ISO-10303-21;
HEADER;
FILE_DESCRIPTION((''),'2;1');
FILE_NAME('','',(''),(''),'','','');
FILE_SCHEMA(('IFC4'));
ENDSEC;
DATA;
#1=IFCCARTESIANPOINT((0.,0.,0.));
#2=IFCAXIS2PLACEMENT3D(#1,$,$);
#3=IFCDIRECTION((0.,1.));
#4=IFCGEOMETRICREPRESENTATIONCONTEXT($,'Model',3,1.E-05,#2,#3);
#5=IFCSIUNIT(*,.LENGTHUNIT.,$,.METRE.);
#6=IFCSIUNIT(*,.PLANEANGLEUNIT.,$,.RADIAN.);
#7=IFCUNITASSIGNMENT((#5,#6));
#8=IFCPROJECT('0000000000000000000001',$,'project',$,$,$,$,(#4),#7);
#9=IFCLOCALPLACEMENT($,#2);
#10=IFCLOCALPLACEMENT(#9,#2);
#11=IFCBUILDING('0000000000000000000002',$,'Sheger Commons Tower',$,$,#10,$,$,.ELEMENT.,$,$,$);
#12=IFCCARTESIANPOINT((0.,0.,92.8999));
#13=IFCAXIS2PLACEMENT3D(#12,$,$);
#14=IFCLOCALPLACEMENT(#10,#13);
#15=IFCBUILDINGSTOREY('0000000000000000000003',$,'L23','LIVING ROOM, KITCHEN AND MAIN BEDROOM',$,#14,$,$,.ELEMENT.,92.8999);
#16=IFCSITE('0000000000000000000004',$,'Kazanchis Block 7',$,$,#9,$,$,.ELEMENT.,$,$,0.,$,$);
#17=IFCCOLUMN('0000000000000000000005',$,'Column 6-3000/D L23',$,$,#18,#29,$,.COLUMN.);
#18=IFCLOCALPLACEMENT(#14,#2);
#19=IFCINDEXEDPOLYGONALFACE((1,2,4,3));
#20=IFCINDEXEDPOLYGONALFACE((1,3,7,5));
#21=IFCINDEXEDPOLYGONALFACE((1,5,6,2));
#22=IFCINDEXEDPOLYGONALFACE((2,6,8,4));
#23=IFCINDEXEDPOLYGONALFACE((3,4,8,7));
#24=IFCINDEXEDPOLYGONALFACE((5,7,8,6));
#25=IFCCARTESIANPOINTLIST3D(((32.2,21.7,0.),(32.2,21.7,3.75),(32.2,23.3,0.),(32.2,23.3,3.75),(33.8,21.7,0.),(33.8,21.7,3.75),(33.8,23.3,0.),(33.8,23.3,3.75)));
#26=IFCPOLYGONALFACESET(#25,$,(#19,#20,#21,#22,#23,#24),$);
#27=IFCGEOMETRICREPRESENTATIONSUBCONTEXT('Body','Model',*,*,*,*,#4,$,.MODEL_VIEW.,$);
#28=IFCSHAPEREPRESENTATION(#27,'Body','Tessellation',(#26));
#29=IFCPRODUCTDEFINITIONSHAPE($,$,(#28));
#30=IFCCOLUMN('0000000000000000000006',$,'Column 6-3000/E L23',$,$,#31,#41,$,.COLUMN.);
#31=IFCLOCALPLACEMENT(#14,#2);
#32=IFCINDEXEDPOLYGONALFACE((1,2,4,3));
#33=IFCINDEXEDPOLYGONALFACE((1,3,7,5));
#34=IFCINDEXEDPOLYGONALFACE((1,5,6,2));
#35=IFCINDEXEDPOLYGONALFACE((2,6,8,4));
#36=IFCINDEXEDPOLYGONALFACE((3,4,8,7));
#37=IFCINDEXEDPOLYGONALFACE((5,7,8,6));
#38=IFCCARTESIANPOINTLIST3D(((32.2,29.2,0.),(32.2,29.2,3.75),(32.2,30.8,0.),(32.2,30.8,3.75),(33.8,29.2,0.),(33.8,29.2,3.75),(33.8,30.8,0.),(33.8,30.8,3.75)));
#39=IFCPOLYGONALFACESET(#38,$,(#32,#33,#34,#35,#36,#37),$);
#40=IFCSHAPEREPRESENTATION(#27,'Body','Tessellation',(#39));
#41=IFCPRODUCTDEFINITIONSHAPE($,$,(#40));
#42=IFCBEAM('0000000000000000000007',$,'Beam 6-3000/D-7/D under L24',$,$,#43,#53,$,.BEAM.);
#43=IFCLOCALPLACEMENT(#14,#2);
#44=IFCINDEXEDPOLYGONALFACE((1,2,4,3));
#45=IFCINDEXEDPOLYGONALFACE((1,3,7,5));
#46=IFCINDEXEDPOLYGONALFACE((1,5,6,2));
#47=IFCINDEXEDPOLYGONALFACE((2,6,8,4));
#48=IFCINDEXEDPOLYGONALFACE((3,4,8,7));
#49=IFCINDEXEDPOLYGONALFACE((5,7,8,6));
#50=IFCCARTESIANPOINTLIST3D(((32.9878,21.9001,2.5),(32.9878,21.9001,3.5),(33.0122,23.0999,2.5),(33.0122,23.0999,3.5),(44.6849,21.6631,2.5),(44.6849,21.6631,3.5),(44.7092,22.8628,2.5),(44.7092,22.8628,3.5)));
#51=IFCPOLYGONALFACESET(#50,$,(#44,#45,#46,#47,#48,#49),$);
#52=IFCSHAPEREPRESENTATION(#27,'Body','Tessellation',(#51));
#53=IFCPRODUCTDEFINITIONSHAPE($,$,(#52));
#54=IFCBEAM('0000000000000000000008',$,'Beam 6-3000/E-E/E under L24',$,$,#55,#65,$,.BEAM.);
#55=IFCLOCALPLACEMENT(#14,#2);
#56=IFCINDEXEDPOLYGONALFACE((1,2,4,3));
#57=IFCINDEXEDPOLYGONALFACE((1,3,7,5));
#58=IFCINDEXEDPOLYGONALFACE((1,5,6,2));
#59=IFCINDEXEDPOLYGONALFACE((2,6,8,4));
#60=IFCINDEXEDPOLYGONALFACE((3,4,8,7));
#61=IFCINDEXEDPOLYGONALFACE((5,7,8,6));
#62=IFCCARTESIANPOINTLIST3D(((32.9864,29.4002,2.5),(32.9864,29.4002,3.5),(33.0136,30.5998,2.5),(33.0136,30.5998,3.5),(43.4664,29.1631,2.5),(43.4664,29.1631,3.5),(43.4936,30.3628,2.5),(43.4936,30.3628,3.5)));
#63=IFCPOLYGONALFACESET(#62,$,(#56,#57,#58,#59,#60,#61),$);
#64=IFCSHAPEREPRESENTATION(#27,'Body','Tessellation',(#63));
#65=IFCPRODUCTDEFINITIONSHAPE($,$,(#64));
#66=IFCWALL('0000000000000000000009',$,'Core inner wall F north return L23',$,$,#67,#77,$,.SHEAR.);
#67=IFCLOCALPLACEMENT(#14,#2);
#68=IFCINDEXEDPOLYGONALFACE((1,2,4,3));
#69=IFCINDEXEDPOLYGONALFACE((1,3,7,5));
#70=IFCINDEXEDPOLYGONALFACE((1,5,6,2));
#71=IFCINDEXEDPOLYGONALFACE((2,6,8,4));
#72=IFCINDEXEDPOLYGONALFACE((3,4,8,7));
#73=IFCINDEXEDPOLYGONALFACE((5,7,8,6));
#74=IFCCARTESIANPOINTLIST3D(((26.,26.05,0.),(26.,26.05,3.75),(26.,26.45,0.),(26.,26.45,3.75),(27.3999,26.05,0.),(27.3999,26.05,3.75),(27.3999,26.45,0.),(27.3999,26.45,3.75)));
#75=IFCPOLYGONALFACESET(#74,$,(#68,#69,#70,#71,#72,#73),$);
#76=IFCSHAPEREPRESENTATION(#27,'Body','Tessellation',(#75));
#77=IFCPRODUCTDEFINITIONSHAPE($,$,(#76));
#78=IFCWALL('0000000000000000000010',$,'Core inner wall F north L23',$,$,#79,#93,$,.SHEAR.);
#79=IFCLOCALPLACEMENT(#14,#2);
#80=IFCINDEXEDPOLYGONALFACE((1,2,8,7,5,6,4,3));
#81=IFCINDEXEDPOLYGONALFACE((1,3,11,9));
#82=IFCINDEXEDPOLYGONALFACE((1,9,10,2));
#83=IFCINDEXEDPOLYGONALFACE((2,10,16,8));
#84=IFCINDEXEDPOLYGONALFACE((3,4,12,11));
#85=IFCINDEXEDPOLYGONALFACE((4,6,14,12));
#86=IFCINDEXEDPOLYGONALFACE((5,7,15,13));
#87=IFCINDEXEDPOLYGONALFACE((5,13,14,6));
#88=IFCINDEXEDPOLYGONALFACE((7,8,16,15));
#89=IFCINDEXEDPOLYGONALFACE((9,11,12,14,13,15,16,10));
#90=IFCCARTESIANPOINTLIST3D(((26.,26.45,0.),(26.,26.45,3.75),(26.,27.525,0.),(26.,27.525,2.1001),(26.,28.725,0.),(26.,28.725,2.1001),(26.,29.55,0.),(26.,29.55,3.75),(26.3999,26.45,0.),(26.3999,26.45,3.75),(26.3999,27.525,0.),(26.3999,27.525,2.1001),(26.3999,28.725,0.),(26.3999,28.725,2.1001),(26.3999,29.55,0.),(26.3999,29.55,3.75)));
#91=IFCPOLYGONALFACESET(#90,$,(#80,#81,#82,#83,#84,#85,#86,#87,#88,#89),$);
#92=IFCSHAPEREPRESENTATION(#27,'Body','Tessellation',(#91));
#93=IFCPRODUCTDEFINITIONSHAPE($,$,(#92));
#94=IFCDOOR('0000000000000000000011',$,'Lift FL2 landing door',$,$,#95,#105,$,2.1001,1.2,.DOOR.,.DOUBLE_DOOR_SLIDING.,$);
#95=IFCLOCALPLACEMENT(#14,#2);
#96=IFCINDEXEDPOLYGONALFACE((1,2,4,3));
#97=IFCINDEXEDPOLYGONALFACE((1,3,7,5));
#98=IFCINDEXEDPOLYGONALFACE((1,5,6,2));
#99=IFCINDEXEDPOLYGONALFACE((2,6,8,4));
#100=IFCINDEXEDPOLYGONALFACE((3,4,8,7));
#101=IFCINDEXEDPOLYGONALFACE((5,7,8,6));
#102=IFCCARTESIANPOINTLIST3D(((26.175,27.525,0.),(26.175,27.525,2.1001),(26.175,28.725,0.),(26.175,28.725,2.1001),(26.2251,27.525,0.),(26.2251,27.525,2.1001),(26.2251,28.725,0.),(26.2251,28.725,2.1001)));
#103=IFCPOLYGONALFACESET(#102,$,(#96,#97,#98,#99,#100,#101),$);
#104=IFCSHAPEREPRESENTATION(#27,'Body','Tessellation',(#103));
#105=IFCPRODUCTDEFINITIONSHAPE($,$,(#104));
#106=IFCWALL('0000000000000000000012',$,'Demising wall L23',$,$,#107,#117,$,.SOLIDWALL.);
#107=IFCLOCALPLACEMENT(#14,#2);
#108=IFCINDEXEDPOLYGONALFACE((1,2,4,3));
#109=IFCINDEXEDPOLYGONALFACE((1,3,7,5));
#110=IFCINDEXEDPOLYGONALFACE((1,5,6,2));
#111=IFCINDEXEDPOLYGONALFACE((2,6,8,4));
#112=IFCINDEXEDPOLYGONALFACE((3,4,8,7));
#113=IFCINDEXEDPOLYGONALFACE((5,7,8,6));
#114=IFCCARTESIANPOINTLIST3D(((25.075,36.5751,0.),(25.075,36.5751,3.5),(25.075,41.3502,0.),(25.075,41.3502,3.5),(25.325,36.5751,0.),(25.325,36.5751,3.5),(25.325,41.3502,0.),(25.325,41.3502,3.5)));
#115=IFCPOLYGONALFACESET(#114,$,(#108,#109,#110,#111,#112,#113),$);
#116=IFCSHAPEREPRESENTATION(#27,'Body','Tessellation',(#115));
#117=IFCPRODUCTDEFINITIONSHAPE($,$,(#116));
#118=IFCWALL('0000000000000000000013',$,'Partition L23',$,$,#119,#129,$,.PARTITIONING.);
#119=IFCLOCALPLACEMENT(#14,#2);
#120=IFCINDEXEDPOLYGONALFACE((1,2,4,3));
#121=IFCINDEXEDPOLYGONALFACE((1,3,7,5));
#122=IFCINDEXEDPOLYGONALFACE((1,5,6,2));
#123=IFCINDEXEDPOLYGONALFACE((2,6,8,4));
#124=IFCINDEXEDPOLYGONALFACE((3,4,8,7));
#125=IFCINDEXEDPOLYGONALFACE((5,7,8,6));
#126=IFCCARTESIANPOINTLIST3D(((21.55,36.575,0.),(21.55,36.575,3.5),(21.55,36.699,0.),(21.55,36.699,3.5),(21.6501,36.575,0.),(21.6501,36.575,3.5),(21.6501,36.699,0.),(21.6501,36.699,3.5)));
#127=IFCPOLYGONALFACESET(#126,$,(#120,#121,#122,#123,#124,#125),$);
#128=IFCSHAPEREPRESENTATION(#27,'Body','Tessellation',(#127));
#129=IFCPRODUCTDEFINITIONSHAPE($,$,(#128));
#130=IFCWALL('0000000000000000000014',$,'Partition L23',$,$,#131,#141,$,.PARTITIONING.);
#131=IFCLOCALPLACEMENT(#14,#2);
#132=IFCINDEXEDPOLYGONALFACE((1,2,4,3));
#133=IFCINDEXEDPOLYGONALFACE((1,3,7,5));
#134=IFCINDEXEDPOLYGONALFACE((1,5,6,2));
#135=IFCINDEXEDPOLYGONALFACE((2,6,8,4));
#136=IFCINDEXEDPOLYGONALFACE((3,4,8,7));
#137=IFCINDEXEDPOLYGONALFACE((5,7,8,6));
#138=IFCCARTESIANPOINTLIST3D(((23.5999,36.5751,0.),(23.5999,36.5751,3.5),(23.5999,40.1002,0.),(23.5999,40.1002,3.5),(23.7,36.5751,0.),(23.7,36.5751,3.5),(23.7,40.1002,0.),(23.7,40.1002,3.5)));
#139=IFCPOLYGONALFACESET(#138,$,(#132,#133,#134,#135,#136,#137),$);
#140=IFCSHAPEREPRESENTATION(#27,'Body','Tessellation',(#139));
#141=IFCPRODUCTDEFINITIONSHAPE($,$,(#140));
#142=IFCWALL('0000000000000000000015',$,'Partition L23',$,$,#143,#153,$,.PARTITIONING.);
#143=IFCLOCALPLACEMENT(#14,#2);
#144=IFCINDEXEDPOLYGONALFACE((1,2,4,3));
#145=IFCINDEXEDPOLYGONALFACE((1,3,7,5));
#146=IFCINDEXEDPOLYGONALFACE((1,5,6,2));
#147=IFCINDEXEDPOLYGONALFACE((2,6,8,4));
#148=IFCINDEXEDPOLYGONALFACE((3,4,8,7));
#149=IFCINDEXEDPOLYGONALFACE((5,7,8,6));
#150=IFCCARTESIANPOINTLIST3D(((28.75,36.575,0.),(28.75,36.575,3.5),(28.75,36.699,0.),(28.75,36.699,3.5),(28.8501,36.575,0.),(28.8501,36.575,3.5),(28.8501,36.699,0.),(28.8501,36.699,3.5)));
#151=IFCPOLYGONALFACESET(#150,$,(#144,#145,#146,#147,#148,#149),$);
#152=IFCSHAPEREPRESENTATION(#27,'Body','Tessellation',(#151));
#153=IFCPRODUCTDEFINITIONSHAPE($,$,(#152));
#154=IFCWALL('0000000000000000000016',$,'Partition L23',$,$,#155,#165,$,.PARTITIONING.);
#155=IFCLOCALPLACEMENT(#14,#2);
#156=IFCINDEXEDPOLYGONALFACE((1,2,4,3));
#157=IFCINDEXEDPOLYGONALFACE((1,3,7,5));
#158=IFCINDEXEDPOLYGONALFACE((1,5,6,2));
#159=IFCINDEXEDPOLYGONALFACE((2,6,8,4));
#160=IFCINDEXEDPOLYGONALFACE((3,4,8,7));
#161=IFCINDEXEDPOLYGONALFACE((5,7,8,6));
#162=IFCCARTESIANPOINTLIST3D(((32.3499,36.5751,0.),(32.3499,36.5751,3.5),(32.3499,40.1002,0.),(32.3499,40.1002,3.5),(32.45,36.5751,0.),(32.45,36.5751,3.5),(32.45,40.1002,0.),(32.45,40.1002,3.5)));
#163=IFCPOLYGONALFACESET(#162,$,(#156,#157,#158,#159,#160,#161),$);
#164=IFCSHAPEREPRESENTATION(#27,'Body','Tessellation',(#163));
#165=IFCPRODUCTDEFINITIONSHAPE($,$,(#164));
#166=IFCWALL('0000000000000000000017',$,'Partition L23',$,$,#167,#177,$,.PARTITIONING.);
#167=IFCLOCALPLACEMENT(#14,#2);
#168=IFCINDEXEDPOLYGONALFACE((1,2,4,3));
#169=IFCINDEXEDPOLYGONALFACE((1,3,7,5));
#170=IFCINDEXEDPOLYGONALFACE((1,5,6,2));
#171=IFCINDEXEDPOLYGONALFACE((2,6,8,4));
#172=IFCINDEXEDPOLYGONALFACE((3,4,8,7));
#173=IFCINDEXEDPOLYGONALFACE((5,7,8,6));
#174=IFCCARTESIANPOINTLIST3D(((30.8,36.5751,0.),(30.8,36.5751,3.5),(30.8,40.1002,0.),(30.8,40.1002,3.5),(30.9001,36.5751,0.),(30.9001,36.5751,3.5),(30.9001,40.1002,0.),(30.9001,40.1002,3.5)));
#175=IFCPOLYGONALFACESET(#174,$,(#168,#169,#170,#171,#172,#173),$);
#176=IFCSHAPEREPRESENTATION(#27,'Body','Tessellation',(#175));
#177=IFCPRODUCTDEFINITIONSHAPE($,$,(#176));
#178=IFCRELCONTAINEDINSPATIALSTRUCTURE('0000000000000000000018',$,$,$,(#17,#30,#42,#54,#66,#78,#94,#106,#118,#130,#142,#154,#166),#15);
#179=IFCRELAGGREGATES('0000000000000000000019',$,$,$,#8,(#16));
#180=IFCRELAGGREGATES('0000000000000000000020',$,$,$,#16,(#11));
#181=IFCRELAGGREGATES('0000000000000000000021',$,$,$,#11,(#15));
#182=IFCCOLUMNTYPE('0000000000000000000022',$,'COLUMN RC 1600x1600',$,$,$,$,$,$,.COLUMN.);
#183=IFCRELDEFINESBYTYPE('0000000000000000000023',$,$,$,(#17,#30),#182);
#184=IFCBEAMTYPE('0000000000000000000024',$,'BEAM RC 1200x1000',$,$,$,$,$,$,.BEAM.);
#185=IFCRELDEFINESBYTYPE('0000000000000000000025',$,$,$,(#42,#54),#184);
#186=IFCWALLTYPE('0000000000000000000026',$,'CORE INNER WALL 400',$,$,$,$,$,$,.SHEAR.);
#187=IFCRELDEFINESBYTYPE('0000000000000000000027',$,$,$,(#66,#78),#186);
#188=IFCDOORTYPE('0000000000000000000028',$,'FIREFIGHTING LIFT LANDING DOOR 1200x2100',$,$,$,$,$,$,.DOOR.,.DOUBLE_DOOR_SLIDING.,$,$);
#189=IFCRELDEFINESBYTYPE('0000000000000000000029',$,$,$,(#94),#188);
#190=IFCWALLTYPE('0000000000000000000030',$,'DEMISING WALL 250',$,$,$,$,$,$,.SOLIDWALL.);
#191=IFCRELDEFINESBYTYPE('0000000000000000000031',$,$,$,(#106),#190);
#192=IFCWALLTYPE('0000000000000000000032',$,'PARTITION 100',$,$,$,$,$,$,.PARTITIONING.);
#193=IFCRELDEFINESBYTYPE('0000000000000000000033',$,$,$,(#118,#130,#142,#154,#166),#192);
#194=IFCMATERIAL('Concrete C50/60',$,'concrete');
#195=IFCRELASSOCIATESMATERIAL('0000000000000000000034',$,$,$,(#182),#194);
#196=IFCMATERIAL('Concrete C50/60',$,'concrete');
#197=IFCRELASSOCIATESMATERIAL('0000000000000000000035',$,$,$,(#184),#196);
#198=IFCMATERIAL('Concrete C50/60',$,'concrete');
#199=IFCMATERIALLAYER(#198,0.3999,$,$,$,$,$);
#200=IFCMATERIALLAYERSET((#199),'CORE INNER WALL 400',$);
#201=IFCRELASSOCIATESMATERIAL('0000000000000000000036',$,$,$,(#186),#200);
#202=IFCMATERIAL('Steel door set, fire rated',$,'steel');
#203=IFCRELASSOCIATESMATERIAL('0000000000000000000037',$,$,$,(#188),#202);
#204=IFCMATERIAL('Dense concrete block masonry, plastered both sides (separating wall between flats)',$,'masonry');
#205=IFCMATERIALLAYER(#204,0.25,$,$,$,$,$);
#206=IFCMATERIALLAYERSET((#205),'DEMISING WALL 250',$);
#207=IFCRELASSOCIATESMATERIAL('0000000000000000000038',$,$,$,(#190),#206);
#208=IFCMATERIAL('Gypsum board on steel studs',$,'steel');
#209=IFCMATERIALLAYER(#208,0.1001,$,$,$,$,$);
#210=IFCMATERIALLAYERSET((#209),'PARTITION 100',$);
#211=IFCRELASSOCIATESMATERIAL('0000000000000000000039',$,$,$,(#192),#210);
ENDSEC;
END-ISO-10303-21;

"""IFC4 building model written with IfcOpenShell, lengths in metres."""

from ifc_helpers import new_model, si_unit, direction, frame, frame_2d, origin, origin_2d, place, context, subcontext, project, spatial, rectangle, extrude, material, layer, layer_set, material_profile, profile_set, type_object, element, fill, save


model = new_model("IFC4")

# Units and contexts
model_context = context("Model", 3, precision=1e-05, world=origin(), true_north=direction((0.0, 1.0)))
body_context = subcontext(model_context, "Body", "Model", "MODEL_VIEW")
ifc_project = project(units=[si_unit("LENGTHUNIT", "METRE"), si_unit("PLANEANGLEUNIT", "RADIAN")], contexts=[model_context])

# Site, building, storey
site_placement = place(None, origin())
site = spatial("IfcSite", under=ifc_project, at=site_placement, Name="Kazanchis Block 7", CompositionType="ELEMENT", RefElevation=0.0)
building_placement = place(site_placement, origin())
building = spatial("IfcBuilding", under=site, at=building_placement, Name="Sheger Commons Tower", CompositionType="ELEMENT")
storey_placement = place(building_placement, frame((0.0, 0.0, 92.8999)))
storey = spatial("IfcBuildingStorey", under=building, at=storey_placement, Name="L23", Description="LIVING ROOM, KITCHEN AND MAIN BEDROOM", CompositionType="ELEMENT", Elevation=92.8999)

# Columns
ifc_material_1 = material(Name="Concrete C50/60", Category="concrete")
ifc_material_profile_1 = material_profile(ifc_material_1, rectangle(XDim=1.6001, YDim=1.6001, at=origin_2d()), Name="RC 1600x1600")
ifc_profile_set_1 = profile_set([ifc_material_profile_1], Name="Concrete C50/60")
column_type = type_object("IfcColumnType", Name="COLUMN RC 1600x1600", PredefinedType="COLUMN", material=ifc_profile_set_1)
for number, where, z_axis, x_axis, name in (
    (1, (33.0, 22.5, 0.0), (0.0, 0.0, 1.0), (1.0, 0.0, 0.0), "Column 6-3000/D L23"),
    (2, (33.0, 30.0, 0.0), (0.0, 0.0, 1.0), (1.0, 0.0, 0.0), "Column 6-3000/E L23"),
):
    element("IfcColumn", number, at=place(storey_placement, frame(where, z_axis=z_axis, x_axis=x_axis)), inside=storey, type_object=column_type, Name=name, PredefinedType="COLUMN", context=body_context, shape_type="SweptSolid", body=[
        extrude(rectangle(XDim=1.6001, YDim=1.6001, at=origin_2d()), origin(), (0.0, 0.0, 1.0), 3.75),
    ])

# Beams
ifc_material_2 = material(Name="Concrete C50/60", Category="concrete")
ifc_material_profile_2 = material_profile(ifc_material_2, rectangle(XDim=1.2, YDim=1.0, at=origin_2d()), Name="RC 1200x1000")
ifc_profile_set_2 = profile_set([ifc_material_profile_2], Name="Concrete C50/60")
beam_type = type_object("IfcBeamType", Name="BEAM RC 1200x1000", PredefinedType="BEAM", material=ifc_profile_set_2)
beam_1_placement = place(storey_placement, frame((33.0, 22.5, 3.0), z_axis=(0.999795, -0.020263, 0.0), x_axis=(0.020263, 0.999795, 0.0)))
element("IfcBeam", 3, at=beam_1_placement, inside=storey, type_object=beam_type, Name="Beam 6-3000/D-7/D under L24", PredefinedType="BEAM", context=body_context, shape_type="SweptSolid", body=[
    extrude(rectangle(XDim=1.2, YDim=1.0, at=origin_2d()), origin(), (0.0, 0.0, 1.0), 11.6995),
])
beam_2_placement = place(storey_placement, frame((33.0, 30.0, 3.0), z_axis=(0.999744, -0.022615, 0.0), x_axis=(0.022615, 0.999744, 0.0)))
element("IfcBeam", 4, at=beam_2_placement, inside=storey, type_object=beam_type, Name="Beam 6-3000/E-E/E under L24", PredefinedType="BEAM", context=body_context, shape_type="SweptSolid", body=[
    extrude(rectangle(XDim=1.2, YDim=1.0, at=origin_2d()), origin(), (0.0, 0.0, 1.0), 10.4827),
])

# Wall
ifc_material_3 = material(Name="Concrete C50/60", Category="concrete")
ifc_layer_1 = layer(ifc_material_3, 0.3999)
ifc_layer_set_1 = layer_set([ifc_layer_1], Name="CORE INNER WALL 400")
wall_type_1 = type_object("IfcWallType", Name="CORE INNER WALL 400", PredefinedType="SHEAR", material=ifc_layer_set_1)
wall_1_placement = place(storey_placement, frame((26.0, 26.25, 0.0), z_axis=(0.0, 0.0, 1.0), x_axis=(1.0, 0.0, 0.0)))
element("IfcWall", 5, at=wall_1_placement, inside=storey, type_object=wall_type_1, Name="Core inner wall F north return L23", PredefinedType="SHEAR", context=body_context, shape_type="SweptSolid", body=[
    extrude(rectangle(XDim=1.3999, YDim=0.3999, at=frame_2d((0.7, 0.0))), origin(), (0.0, 0.0, 1.0), 3.75),
])

# Wall, opening, door
wall_2_placement = place(storey_placement, frame((26.2, 26.45, 0.0), z_axis=(0.0, 0.0, 1.0), x_axis=(0.0, 1.0, 0.0)))
wall_2 = element("IfcWall", 6, at=wall_2_placement, inside=storey, type_object=wall_type_1, Name="Core inner wall F north L23", PredefinedType="SHEAR", context=body_context, shape_type="SweptSolid", body=[
    extrude(rectangle(XDim=3.1001, YDim=0.3999, at=frame_2d((1.55, 0.0))), origin(), (0.0, 0.0, 1.0), 3.75),
])
opening_placement = place(wall_2_placement, frame((1.075, 0.0, 0.0)))
opening = element("IfcOpeningElement", 7, at=opening_placement, cuts=wall_2, PredefinedType="OPENING", context=body_context, shape_type="SweptSolid", body=[
    extrude(rectangle(XDim=1.2, YDim=2.1001, at=frame_2d((0.6001, 1.05))), frame((0.0, 0.21, 0.0), z_axis=(0.0, -1.0, 0.0), x_axis=(1.0, 0.0, 0.0)), (0.0, 0.0, 1.0), 0.4199),
])
ifc_material_4 = material(Name="Steel door set, fire rated", Category="steel")
door_type = type_object("IfcDoorType", Name="FIREFIGHTING LIFT LANDING DOOR 1200x2100", OperationType="DOUBLE_DOOR_SLIDING", PredefinedType="DOOR", material=ifc_material_4)
door_placement = place(opening_placement, origin())
door = element("IfcDoor", 8, at=door_placement, inside=storey, type_object=door_type, Name="Lift FL2 landing door", OperationType="DOUBLE_DOOR_SLIDING", OverallHeight=2.1001, OverallWidth=1.2, PredefinedType="DOOR", context=body_context, shape_type="SweptSolid", body=[
    extrude(rectangle(XDim=1.2, YDim=2.1001, at=frame_2d((0.6001, 1.05))), frame((0.0, 0.0249, 0.0), z_axis=(0.0, -1.0, 0.0), x_axis=(1.0, 0.0, 0.0)), (0.0, 0.0, 1.0), 0.05),
])
fill(opening, door)

# Walls
ifc_material_5 = material(Name="Dense concrete block masonry, plastered both sides (separating wall between flats)", Category="masonry")
ifc_layer_2 = layer(ifc_material_5, 0.25)
ifc_layer_set_2 = layer_set([ifc_layer_2], Name="DEMISING WALL 250")
wall_type_2 = type_object("IfcWallType", Name="DEMISING WALL 250", PredefinedType="SOLIDWALL", material=ifc_layer_set_2)
wall_3_placement = place(storey_placement, frame((25.2, 36.575, 0.0), z_axis=(0.0, 0.0, 1.0), x_axis=(0.0, 1.0, 0.0)))
element("IfcWall", 9, at=wall_3_placement, inside=storey, type_object=wall_type_2, Name="Demising wall L23", PredefinedType="SOLIDWALL", context=body_context, shape_type="SweptSolid", body=[
    extrude(rectangle(XDim=4.7751, YDim=0.25, at=frame_2d((2.3877, 0.0))), origin(), (0.0, 0.0, 1.0), 3.5),
])
ifc_material_6 = material(Name="Gypsum board on steel studs", Category="steel")
ifc_layer_3 = layer(ifc_material_6, 0.1001)
ifc_layer_set_3 = layer_set([ifc_layer_3], Name="PARTITION 100")
wall_type_3 = type_object("IfcWallType", Name="PARTITION 100", PredefinedType="PARTITIONING", material=ifc_layer_set_3)
wall_4_placement = place(storey_placement, frame((21.6001, 36.575, 0.0), z_axis=(0.0, 0.0, 1.0), x_axis=(0.0, 1.0, 0.0)))
element("IfcWall", 10, at=wall_4_placement, inside=storey, type_object=wall_type_3, Name="Partition L23", PredefinedType="PARTITIONING", context=body_context, shape_type="SweptSolid", body=[
    extrude(rectangle(XDim=0.124, YDim=0.1001, at=frame_2d((0.062, 0.0))), origin(), (0.0, 0.0, 1.0), 3.5),
])
wall_5_placement = place(storey_placement, frame((23.6499, 36.575, 0.0), z_axis=(0.0, 0.0, 1.0), x_axis=(0.0, 1.0, 0.0)))
element("IfcWall", 11, at=wall_5_placement, inside=storey, type_object=wall_type_3, Name="Partition L23", PredefinedType="PARTITIONING", context=body_context, shape_type="SweptSolid", body=[
    extrude(rectangle(XDim=3.5251, YDim=0.1001, at=frame_2d((1.7627, 0.0))), origin(), (0.0, 0.0, 1.0), 3.5),
])
wall_6_placement = place(storey_placement, frame((28.8, 36.575, 0.0), z_axis=(0.0, 0.0, 1.0), x_axis=(0.0, 1.0, 0.0)))
element("IfcWall", 12, at=wall_6_placement, inside=storey, type_object=wall_type_3, Name="Partition L23", PredefinedType="PARTITIONING", context=body_context, shape_type="SweptSolid", body=[
    extrude(rectangle(XDim=0.124, YDim=0.1001, at=frame_2d((0.062, 0.0))), origin(), (0.0, 0.0, 1.0), 3.5),
])
for number, where, z_axis, x_axis, name in (
    (13, (32.3999, 36.575, 0.0), (0.0, 0.0, 1.0), (0.0, 1.0, 0.0), "Partition L23"),
    (14, (30.8501, 36.575, 0.0), (0.0, 0.0, 1.0), (0.0, 1.0, 0.0), "Partition L23"),
):
    element("IfcWall", number, at=place(storey_placement, frame(where, z_axis=z_axis, x_axis=x_axis)), inside=storey, type_object=wall_type_3, Name=name, PredefinedType="PARTITIONING", context=body_context, shape_type="SweptSolid", body=[
        extrude(rectangle(XDim=3.5251, YDim=0.1001, at=frame_2d((1.7627, 0.0))), origin(), (0.0, 0.0, 1.0), 3.5),
    ])

save(model, "model.ifc")
